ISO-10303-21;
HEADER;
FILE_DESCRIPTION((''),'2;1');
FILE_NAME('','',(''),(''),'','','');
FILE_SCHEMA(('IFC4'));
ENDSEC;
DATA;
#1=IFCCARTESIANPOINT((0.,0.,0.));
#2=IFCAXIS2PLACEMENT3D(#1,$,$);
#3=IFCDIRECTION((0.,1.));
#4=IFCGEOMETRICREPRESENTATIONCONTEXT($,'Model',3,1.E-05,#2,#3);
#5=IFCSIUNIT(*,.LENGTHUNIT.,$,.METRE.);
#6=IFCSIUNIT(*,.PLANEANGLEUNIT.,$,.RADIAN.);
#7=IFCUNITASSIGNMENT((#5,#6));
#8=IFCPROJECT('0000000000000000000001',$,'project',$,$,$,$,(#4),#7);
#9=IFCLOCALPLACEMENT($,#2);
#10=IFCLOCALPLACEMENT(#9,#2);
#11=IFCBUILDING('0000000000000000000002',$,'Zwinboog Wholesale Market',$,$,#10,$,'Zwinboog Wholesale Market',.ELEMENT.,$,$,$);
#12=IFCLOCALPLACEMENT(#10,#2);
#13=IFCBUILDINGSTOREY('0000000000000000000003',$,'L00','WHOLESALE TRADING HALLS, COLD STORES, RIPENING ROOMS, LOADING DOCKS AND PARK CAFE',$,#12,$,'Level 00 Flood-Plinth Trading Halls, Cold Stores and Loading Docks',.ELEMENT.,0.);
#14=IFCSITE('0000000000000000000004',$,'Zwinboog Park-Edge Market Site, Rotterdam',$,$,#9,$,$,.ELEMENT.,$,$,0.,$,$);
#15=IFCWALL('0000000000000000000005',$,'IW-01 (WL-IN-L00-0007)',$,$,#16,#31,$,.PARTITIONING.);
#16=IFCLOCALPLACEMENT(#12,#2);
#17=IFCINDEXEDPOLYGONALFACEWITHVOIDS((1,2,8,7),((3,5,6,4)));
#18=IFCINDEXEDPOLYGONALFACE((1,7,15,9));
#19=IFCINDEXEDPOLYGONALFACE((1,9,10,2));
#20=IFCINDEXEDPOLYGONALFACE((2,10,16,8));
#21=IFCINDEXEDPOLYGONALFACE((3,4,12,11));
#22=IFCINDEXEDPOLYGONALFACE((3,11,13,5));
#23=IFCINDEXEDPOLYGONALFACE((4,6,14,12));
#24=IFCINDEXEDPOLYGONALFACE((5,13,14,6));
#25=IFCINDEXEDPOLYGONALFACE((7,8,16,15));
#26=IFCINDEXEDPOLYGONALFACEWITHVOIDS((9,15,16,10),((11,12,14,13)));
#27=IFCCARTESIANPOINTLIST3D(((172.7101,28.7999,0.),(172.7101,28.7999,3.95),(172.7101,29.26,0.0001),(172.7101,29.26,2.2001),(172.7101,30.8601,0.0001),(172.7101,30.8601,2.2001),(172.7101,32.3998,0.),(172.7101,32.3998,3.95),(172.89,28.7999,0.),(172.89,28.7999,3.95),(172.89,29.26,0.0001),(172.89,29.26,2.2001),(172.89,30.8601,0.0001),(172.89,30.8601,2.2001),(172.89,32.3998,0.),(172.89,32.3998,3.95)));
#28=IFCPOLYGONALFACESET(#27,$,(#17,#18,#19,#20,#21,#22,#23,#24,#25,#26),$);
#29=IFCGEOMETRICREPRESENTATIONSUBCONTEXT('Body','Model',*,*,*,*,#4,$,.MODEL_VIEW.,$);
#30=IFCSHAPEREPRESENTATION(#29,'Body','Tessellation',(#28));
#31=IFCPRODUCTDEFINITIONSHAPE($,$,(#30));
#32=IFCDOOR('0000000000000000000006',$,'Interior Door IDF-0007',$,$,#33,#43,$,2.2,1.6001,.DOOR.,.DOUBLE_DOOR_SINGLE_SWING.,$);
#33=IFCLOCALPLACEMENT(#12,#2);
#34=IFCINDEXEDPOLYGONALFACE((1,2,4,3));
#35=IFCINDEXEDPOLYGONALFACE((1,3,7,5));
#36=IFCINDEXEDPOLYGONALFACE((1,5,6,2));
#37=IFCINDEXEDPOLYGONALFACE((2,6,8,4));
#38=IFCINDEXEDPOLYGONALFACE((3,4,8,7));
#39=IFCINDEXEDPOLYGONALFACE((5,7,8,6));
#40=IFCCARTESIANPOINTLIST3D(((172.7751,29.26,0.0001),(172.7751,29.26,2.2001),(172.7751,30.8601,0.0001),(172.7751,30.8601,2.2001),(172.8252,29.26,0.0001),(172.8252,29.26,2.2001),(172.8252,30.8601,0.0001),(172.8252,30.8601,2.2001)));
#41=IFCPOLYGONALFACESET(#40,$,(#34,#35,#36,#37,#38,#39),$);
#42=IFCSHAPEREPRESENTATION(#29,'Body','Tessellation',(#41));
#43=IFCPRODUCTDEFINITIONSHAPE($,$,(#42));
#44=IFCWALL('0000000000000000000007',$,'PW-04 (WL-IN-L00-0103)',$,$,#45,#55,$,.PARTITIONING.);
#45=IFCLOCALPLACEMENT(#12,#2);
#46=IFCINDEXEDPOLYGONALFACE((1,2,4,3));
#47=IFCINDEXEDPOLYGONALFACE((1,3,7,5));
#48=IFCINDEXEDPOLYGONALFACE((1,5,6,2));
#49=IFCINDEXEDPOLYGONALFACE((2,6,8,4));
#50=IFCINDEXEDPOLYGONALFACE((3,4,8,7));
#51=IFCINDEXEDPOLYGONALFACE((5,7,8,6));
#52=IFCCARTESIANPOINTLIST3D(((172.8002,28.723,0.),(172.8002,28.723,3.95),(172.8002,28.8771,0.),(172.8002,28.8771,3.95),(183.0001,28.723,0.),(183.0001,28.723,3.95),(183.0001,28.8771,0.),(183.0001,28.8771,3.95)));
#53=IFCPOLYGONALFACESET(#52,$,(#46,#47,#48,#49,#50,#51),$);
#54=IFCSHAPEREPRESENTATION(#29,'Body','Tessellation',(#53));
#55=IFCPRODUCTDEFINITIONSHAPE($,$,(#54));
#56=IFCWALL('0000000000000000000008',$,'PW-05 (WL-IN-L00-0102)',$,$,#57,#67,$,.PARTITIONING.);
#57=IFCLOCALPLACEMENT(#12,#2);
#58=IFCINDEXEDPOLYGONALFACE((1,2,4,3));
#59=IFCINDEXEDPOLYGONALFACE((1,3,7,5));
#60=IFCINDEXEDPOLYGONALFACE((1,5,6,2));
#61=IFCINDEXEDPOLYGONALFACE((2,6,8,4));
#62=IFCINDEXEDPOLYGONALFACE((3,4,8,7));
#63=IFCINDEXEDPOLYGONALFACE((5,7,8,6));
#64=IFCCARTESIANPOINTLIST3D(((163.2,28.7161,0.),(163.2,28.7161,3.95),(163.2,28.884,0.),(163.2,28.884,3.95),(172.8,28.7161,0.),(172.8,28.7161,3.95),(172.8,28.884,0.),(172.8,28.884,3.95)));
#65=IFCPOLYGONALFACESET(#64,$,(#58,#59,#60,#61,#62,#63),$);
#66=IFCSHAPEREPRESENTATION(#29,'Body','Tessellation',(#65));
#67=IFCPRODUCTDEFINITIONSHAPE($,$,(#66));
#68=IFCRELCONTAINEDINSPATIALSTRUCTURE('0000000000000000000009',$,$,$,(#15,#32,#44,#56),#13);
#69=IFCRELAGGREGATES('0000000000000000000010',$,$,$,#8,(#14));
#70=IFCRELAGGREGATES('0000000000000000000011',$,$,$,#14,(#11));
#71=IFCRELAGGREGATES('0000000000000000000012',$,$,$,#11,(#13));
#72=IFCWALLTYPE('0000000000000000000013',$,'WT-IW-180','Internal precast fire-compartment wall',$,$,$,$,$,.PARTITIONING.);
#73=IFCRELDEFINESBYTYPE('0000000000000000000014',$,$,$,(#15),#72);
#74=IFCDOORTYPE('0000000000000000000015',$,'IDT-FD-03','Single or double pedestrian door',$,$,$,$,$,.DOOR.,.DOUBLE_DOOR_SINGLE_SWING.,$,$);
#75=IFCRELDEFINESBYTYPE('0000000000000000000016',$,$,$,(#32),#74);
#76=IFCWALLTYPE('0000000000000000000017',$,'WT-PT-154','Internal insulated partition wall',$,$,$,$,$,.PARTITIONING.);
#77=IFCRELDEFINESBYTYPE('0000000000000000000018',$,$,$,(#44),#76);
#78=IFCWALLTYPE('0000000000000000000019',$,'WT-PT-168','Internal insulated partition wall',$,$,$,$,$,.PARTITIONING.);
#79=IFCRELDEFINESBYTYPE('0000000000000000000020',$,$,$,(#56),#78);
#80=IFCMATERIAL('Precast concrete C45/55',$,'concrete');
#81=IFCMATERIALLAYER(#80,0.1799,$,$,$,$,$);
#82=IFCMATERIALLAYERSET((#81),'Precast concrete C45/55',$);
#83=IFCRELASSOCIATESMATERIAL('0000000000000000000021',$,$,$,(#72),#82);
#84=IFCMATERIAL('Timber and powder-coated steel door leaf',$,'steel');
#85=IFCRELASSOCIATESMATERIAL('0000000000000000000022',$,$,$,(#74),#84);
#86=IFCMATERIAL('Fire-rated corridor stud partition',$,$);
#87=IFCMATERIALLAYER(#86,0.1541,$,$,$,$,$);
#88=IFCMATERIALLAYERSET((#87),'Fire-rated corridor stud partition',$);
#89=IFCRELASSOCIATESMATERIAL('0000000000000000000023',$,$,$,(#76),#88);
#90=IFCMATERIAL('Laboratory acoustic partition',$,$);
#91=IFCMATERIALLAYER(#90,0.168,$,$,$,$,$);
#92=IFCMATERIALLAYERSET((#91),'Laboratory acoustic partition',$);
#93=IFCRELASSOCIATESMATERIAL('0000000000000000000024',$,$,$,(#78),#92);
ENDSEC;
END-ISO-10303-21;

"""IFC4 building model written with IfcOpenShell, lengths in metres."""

from ifc_helpers import new_model, si_unit, direction, frame, frame_2d, origin, place, context, subcontext, project, spatial, rectangle, extrude, material, layer, layer_set, type_object, element, fill, save


model = new_model("IFC4")

# Units and contexts
model_context = context("Model", 3, precision=1e-05, world=origin(), true_north=direction((0.0, 1.0)))
body_context = subcontext(model_context, "Body", "Model", "MODEL_VIEW")
ifc_project = project(units=[si_unit("LENGTHUNIT", "METRE"), si_unit("PLANEANGLEUNIT", "RADIAN")], contexts=[model_context])

# Site, building, storey
site_placement = place(None, origin())
site = spatial("IfcSite", under=ifc_project, at=site_placement, Name="Zwinboog Park-Edge Market Site, Rotterdam", CompositionType="ELEMENT", RefElevation=0.0)
building_placement = place(site_placement, origin())
building = spatial("IfcBuilding", under=site, at=building_placement, Name="Zwinboog Wholesale Market", LongName="Zwinboog Wholesale Market", CompositionType="ELEMENT")
storey_placement = place(building_placement, origin())
storey = spatial("IfcBuildingStorey", under=building, at=storey_placement, Name="L00", Description="WHOLESALE TRADING HALLS, COLD STORES, RIPENING ROOMS, LOADING DOCKS AND PARK CAFE", LongName="Level 00 Flood-Plinth Trading Halls, Cold Stores and Loading Docks", CompositionType="ELEMENT", Elevation=0.0)

# Shared definitions
ifc_material_1 = material(Name="Precast concrete C45/55", Category="concrete")

# Wall, opening, door
ifc_layer_1 = layer(ifc_material_1, 0.1799)
ifc_layer_set_1 = layer_set([ifc_layer_1], Name="Precast concrete C45/55")
wall_type_1 = type_object("IfcWallType", Name="WT-IW-180", Description="Internal precast fire-compartment wall", PredefinedType="PARTITIONING", material=ifc_layer_set_1)
wall_1_placement = place(storey_placement, frame((172.8, 28.8, 0.0), z_axis=(0.0, 0.0, 1.0), x_axis=(0.0, 1.0, 0.0)))
wall_1 = element("IfcWall", 1, at=wall_1_placement, inside=storey, type_object=wall_type_1, Name="IW-01 (WL-IN-L00-0007)", PredefinedType="PARTITIONING", context=body_context, shape_type="SweptSolid", body=[
    extrude(rectangle(XDim=3.5999, YDim=0.1799, at=frame_2d((1.7998, 0.0))), origin(), (0.0, 0.0, 1.0), 3.95),
])
opening_1_placement = place(wall_1_placement, frame((0.46, 0.0, 0.0)))
opening_1 = element("IfcOpeningElement", 2, at=opening_1_placement, cuts=wall_1, PredefinedType="OPENING", context=body_context, shape_type="SweptSolid", body=[
    extrude(rectangle(XDim=1.6001, YDim=2.2, at=frame_2d((0.8, 1.1001))), frame((0.0, 0.0999, 0.0), z_axis=(0.0, -1.0, 0.0), x_axis=(1.0, 0.0, 0.0)), (0.0, 0.0, 1.0), 0.2),
])
ifc_material_2 = material(Name="Timber and powder-coated steel door leaf", Category="steel")
door_type_1 = type_object("IfcDoorType", Name="IDT-FD-03", Description="Single or double pedestrian door", OperationType="DOUBLE_DOOR_SINGLE_SWING", PredefinedType="DOOR", material=ifc_material_2)
door_1_placement = place(opening_1_placement, origin())
door_1 = element("IfcDoor", 3, at=door_1_placement, inside=storey, type_object=door_type_1, Name="Interior Door IDF-0007", OperationType="DOUBLE_DOOR_SINGLE_SWING", OverallHeight=2.2, OverallWidth=1.6001, PredefinedType="DOOR", context=body_context, shape_type="SweptSolid", body=[
    extrude(rectangle(XDim=1.6001, YDim=2.2, at=frame_2d((0.8, 1.1001))), frame((0.0, 0.0249, 0.0), z_axis=(0.0, -1.0, 0.0), x_axis=(1.0, 0.0, 0.0)), (0.0, 0.0, 1.0), 0.05),
])
fill(opening_1, door_1)

# Walls
ifc_material_3 = material(Name="Fire-rated corridor stud partition")
ifc_layer_2 = layer(ifc_material_3, 0.1541)
ifc_layer_set_2 = layer_set([ifc_layer_2], Name="Fire-rated corridor stud partition")
wall_type_2 = type_object("IfcWallType", Name="WT-PT-154", Description="Internal insulated partition wall", PredefinedType="PARTITIONING", material=ifc_layer_set_2)
wall_2_placement = place(storey_placement, frame((172.8, 28.8, 0.0), z_axis=(0.0, 0.0, 1.0), x_axis=(1.0, 0.0, 0.0)))
element("IfcWall", 4, at=wall_2_placement, inside=storey, type_object=wall_type_2, Name="PW-04 (WL-IN-L00-0103)", PredefinedType="PARTITIONING", context=body_context, shape_type="SweptSolid", body=[
    extrude(rectangle(XDim=10.2, YDim=0.1541, at=frame_2d((5.1001, 0.0))), origin(), (0.0, 0.0, 1.0), 3.95),
])
ifc_material_4 = material(Name="Laboratory acoustic partition")
ifc_layer_3 = layer(ifc_material_4, 0.168)
ifc_layer_set_3 = layer_set([ifc_layer_3], Name="Laboratory acoustic partition")
wall_type_3 = type_object("IfcWallType", Name="WT-PT-168", Description="Internal insulated partition wall", PredefinedType="PARTITIONING", material=ifc_layer_set_3)
wall_3_placement = place(storey_placement, frame((163.2, 28.8, 0.0), z_axis=(0.0, 0.0, 1.0), x_axis=(1.0, 0.0, 0.0)))
element("IfcWall", 5, at=wall_3_placement, inside=storey, type_object=wall_type_3, Name="PW-05 (WL-IN-L00-0102)", PredefinedType="PARTITIONING", context=body_context, shape_type="SweptSolid", body=[
    extrude(rectangle(XDim=9.6001, YDim=0.168, at=frame_2d((4.8, 0.0))), origin(), (0.0, 0.0, 1.0), 3.95),
])

save(model, "model.ifc")
